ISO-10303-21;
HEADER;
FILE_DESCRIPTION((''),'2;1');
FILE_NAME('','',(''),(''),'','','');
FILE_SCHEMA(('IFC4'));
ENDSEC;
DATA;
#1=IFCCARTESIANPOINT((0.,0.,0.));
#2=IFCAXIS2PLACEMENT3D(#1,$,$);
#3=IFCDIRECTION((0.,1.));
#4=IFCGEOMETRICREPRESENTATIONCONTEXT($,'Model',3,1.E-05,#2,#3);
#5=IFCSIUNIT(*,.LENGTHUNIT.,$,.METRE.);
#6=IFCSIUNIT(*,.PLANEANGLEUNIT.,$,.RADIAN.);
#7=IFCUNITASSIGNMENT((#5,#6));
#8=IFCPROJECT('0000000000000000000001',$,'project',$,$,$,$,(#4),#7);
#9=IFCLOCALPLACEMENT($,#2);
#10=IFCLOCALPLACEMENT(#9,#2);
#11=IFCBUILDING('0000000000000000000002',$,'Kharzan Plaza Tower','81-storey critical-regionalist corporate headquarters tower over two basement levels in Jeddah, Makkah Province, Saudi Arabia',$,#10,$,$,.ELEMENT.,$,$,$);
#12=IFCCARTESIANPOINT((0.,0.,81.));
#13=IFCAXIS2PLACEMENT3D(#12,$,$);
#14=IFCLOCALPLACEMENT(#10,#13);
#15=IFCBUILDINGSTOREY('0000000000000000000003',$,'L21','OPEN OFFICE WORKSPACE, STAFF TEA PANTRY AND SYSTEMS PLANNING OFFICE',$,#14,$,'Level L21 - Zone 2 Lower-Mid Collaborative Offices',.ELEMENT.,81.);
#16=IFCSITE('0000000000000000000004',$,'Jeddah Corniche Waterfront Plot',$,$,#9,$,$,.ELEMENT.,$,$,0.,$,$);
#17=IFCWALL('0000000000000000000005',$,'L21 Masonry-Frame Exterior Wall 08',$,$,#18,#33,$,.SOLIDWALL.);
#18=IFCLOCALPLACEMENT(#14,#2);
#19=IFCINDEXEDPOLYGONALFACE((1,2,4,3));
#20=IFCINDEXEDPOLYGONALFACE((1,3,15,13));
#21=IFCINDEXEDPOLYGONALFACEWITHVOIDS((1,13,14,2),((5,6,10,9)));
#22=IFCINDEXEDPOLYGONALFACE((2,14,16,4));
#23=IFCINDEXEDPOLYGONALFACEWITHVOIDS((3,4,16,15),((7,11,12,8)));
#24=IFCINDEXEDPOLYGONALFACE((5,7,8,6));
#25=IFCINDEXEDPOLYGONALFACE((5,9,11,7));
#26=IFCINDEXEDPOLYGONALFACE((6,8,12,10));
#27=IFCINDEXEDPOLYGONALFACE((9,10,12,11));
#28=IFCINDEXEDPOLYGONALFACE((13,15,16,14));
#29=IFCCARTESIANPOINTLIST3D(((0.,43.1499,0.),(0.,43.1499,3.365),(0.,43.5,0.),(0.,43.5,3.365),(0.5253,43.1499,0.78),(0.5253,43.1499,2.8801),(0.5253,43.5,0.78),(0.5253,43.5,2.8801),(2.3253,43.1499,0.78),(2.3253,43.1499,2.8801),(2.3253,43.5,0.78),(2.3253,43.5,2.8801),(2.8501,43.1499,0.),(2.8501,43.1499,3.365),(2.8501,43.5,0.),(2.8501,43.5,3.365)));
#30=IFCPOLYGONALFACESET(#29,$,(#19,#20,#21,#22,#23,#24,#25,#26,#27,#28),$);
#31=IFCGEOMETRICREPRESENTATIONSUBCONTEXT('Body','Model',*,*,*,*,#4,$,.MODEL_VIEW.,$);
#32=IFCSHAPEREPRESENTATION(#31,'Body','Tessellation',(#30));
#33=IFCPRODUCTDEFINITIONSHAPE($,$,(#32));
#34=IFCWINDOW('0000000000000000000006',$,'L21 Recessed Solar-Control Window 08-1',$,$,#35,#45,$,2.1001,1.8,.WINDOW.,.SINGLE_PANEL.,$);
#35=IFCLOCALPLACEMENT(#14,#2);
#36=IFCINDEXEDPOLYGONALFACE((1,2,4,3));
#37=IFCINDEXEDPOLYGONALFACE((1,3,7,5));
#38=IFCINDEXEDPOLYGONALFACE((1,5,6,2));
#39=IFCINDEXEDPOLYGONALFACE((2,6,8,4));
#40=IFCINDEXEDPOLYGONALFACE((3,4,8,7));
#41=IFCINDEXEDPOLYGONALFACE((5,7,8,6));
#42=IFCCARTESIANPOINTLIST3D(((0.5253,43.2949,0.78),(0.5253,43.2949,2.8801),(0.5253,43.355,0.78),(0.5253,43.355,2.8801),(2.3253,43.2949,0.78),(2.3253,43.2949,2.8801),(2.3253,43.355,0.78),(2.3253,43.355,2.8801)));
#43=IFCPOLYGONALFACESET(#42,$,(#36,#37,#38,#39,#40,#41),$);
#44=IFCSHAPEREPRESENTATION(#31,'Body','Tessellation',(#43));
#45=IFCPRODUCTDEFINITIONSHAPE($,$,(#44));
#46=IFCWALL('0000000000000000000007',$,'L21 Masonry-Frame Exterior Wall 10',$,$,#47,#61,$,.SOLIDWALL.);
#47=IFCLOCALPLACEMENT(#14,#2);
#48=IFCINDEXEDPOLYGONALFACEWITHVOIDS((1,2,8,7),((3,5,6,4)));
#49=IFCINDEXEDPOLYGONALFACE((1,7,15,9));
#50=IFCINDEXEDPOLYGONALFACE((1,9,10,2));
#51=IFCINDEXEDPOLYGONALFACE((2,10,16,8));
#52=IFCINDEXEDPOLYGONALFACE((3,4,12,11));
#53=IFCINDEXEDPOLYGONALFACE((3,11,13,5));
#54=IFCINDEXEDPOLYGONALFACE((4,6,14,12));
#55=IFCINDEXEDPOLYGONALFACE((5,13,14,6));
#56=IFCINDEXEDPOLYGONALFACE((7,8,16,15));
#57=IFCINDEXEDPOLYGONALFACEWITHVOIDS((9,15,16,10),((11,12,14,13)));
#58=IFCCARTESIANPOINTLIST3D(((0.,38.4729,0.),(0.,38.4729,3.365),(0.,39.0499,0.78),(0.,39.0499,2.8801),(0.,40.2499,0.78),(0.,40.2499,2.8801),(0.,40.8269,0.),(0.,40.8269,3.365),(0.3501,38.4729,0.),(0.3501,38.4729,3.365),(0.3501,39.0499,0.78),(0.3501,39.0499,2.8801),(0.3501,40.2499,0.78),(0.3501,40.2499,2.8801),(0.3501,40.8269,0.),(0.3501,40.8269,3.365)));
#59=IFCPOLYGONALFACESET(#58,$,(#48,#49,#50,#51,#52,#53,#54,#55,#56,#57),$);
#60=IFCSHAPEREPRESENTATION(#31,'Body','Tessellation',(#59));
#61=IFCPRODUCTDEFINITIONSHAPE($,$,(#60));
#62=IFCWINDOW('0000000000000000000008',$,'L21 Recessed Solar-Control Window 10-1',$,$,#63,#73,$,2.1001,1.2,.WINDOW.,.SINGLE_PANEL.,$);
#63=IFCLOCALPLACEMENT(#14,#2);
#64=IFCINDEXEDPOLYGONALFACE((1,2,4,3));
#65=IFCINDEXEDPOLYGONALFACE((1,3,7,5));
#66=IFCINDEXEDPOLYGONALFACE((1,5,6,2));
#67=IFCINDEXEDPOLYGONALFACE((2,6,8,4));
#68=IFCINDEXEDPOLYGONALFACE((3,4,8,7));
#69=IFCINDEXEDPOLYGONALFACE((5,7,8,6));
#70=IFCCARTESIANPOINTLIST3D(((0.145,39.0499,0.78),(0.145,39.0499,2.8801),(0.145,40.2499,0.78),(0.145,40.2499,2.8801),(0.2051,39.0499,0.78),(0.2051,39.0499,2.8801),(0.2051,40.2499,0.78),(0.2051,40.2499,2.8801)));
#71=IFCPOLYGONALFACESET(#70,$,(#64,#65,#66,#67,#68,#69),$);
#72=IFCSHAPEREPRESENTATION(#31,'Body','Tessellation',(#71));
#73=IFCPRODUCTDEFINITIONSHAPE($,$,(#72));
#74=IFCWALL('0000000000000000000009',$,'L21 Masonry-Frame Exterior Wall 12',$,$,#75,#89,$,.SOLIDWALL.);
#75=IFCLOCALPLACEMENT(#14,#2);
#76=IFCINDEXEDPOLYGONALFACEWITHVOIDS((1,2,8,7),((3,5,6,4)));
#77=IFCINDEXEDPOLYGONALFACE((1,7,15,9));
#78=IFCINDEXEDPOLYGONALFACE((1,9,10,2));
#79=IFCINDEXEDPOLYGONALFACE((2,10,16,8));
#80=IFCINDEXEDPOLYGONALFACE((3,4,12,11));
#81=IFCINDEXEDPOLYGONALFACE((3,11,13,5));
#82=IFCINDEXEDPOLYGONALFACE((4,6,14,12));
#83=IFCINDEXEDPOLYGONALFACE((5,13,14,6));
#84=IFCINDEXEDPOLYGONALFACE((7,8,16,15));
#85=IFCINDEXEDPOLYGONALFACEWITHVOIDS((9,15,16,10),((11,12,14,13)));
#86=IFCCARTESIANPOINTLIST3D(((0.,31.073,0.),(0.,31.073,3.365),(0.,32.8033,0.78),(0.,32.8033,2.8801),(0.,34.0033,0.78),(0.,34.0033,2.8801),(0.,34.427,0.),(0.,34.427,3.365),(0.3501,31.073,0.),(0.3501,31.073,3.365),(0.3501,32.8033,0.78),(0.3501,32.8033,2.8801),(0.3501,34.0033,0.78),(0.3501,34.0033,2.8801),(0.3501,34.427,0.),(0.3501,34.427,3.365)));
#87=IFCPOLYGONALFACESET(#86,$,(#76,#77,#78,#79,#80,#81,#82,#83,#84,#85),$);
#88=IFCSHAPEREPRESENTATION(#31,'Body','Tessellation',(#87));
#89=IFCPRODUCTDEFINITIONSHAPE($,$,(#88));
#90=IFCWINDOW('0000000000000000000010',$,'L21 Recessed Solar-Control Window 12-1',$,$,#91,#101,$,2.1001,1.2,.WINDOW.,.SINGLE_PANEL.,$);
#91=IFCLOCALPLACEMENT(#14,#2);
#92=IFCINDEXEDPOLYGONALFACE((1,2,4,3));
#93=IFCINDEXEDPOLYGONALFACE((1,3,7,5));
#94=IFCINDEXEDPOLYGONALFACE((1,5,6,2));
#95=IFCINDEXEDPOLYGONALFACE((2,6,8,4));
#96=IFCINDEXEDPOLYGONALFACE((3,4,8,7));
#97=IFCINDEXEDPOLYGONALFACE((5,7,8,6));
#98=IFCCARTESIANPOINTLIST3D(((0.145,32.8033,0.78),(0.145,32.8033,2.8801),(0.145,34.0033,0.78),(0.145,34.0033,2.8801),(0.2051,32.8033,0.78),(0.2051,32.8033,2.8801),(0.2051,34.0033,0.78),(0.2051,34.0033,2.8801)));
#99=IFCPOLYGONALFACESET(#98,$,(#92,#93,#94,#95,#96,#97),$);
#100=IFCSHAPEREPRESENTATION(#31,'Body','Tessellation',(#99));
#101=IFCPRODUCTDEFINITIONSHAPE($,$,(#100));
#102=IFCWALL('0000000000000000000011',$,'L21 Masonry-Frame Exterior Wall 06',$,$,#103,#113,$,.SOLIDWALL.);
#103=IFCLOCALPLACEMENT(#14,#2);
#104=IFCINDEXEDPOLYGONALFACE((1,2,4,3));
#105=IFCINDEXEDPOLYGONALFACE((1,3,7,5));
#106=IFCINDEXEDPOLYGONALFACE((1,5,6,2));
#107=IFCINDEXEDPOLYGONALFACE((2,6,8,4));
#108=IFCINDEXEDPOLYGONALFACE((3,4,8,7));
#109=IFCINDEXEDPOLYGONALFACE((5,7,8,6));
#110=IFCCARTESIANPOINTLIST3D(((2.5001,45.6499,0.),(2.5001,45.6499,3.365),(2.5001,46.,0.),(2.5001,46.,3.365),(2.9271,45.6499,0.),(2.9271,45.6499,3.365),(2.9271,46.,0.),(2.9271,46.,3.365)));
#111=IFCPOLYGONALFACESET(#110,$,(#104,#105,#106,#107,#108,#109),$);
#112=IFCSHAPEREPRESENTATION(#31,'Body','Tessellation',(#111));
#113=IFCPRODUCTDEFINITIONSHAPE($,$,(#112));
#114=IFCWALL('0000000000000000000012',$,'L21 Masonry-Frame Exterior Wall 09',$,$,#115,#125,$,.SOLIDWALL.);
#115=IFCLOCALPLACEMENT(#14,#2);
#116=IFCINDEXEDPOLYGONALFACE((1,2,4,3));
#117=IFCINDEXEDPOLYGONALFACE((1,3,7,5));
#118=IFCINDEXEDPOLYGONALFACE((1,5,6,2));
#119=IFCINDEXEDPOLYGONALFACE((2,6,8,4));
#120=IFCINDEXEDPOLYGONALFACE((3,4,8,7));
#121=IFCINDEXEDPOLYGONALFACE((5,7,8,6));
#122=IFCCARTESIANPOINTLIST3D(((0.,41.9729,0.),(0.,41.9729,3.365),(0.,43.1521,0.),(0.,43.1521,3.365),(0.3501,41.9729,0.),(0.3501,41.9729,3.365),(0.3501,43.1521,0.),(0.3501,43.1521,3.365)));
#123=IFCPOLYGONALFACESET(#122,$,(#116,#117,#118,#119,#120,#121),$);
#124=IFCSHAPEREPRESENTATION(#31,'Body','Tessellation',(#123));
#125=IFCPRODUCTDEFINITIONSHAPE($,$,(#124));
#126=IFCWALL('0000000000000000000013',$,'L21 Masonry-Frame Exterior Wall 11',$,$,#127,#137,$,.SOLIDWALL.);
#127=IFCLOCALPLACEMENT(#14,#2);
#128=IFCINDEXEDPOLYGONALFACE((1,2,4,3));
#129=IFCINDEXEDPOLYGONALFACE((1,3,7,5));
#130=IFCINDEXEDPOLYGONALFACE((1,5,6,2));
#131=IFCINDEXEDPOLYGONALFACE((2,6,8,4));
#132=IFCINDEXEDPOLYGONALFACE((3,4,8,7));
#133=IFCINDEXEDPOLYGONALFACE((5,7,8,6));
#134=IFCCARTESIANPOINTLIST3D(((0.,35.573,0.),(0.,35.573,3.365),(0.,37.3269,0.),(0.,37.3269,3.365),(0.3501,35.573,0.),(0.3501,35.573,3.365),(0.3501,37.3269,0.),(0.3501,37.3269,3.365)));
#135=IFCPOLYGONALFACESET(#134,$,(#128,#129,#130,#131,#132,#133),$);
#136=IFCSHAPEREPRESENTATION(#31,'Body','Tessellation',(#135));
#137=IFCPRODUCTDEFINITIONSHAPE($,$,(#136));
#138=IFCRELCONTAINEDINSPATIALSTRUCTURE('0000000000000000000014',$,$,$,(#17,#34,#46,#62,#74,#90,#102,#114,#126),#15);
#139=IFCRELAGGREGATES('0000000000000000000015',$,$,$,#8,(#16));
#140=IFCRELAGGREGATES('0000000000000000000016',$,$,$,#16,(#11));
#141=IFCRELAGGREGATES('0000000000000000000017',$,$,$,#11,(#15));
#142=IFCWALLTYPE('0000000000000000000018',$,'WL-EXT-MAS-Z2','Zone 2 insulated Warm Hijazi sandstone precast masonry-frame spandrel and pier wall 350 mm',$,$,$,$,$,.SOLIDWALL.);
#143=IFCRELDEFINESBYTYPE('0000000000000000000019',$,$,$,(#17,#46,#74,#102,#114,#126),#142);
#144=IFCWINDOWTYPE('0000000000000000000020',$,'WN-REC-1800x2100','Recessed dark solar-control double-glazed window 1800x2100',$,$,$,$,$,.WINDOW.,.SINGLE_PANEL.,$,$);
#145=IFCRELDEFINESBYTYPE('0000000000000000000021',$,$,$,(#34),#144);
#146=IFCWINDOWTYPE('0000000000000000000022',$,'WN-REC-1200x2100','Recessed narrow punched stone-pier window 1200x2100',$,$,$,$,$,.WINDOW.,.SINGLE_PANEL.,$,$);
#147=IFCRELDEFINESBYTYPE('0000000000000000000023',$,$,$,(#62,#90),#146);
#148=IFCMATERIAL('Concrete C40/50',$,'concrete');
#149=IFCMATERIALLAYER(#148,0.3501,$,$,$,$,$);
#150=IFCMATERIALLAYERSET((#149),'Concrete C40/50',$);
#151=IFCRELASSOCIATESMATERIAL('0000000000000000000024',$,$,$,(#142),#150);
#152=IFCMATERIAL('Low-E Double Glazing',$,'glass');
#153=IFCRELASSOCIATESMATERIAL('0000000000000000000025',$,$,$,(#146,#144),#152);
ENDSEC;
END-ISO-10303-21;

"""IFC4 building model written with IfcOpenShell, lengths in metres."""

from ifc_helpers import new_model, si_unit, direction, frame, frame_2d, origin, place, context, subcontext, project, spatial, rectangle, extrude, source, transform, mapped, material, layer, layer_set, type_object, element, fill, save


model = new_model("IFC4")

# Units and contexts
model_context = context("Model", 3, precision=1e-05, world=origin(), true_north=direction((0.0, 1.0)))
body_context = subcontext(model_context, "Body", "Model", "MODEL_VIEW")
ifc_project = project(units=[si_unit("LENGTHUNIT", "METRE"), si_unit("PLANEANGLEUNIT", "RADIAN")], contexts=[model_context])

# Site, building, storey
site_placement = place(None, origin())
site = spatial("IfcSite", under=ifc_project, at=site_placement, Name="Jeddah Corniche Waterfront Plot", CompositionType="ELEMENT", RefElevation=0.0)
building_placement = place(site_placement, origin())
building = spatial("IfcBuilding", under=site, at=building_placement, Name="Kharzan Plaza Tower", Description="81-storey critical-regionalist corporate headquarters tower over two basement levels in Jeddah, Makkah Province, Saudi Arabia", CompositionType="ELEMENT")
storey_placement = place(building_placement, frame((0.0, 0.0, 81.0)))
storey = spatial("IfcBuildingStorey", under=building, at=storey_placement, Name="L21", Description="OPEN OFFICE WORKSPACE, STAFF TEA PANTRY AND SYSTEMS PLANNING OFFICE", LongName="Level L21 - Zone 2 Lower-Mid Collaborative Offices", CompositionType="ELEMENT", Elevation=81.0)

# Walls, openings, windows
ifc_material_1 = material(Name="Concrete C40/50", Category="concrete")
ifc_layer_1 = layer(ifc_material_1, 0.3501)
ifc_layer_set_1 = layer_set([ifc_layer_1], Name="Concrete C40/50")
wall_type = type_object("IfcWallType", Name="WL-EXT-MAS-Z2", Description="Zone 2 insulated Warm Hijazi sandstone precast masonry-frame spandrel and pier wall 350 mm", PredefinedType="SOLIDWALL", material=ifc_layer_set_1)
ifc_material_2 = material(Name="Low-E Double Glazing", Category="glass")
window_type_1 = type_object("IfcWindowType", Name="WN-REC-1200x2100", Description="Recessed narrow punched stone-pier window 1200x2100", PartitioningType="SINGLE_PANEL", PredefinedType="WINDOW", material=ifc_material_2)
shared_shape_1 = source(origin(), body_context, "Body", "SweptSolid", [
    extrude(rectangle(XDim=1.2, YDim=2.1001, at=frame_2d((0.6001, 1.05))), frame((0.0, 0.03, 0.0), z_axis=(0.0, -1.0, 0.0), x_axis=(1.0, 0.0, 0.0)), (0.0, 0.0, 1.0), 0.0601),
])
wall_1_placement = place(storey_placement, frame((2.8501, 43.325, 0.0), z_axis=(0.0, 0.0, 1.0), x_axis=(-1.0, 0.0, 0.0)))
wall_1 = element("IfcWall", 1, at=wall_1_placement, inside=storey, type_object=wall_type, Name="L21 Masonry-Frame Exterior Wall 08", PredefinedType="SOLIDWALL", context=body_context, shape_type="SweptSolid", body=[
    extrude(rectangle(XDim=2.8501, YDim=0.3501, at=frame_2d((1.425, 0.0))), origin(), (0.0, 0.0, 1.0), 3.365),
])
opening_1_placement = place(wall_1_placement, frame((0.5249, 0.0, 0.78)))
opening_1 = element("IfcOpeningElement", 2, at=opening_1_placement, cuts=wall_1, PredefinedType="OPENING", context=body_context, shape_type="SweptSolid", body=[
    extrude(rectangle(XDim=1.8, YDim=2.1001, at=frame_2d((0.8999, 1.05))), frame((0.0, 0.1851, 0.0), z_axis=(0.0, -1.0, 0.0), x_axis=(1.0, 0.0, 0.0)), (0.0, 0.0, 1.0), 0.3701),
])
window_type_2 = type_object("IfcWindowType", Name="WN-REC-1800x2100", Description="Recessed dark solar-control double-glazed window 1800x2100", PartitioningType="SINGLE_PANEL", PredefinedType="WINDOW", material=ifc_material_2)
shared_shape_2 = source(origin(), body_context, "Body", "SweptSolid", [
    extrude(rectangle(XDim=1.8, YDim=2.1001, at=frame_2d((0.8999, 1.05))), frame((0.0, 0.03, 0.0), z_axis=(0.0, -1.0, 0.0), x_axis=(1.0, 0.0, 0.0)), (0.0, 0.0, 1.0), 0.0601),
])
window_1_placement = place(opening_1_placement, origin())
window_1 = element("IfcWindow", 3, at=window_1_placement, inside=storey, type_object=window_type_2, Name="L21 Recessed Solar-Control Window 08-1", OverallHeight=2.1001, OverallWidth=1.8, PartitioningType="SINGLE_PANEL", PredefinedType="WINDOW", context=body_context, shape_type="MappedRepresentation", body=[
    mapped(shared_shape_2, transform((0.0, 0.0, 0.0), x_axis=(1.0, 0.0, 0.0), y_axis=(0.0, 1.0, 0.0), z_axis=(0.0, 0.0, 1.0))),
])
fill(opening_1, window_1)
wall_2_placement = place(storey_placement, frame((0.175, 40.8269, 0.0), z_axis=(0.0, 0.0, 1.0), x_axis=(0.0, -1.0, 0.0)))
wall_2 = element("IfcWall", 4, at=wall_2_placement, inside=storey, type_object=wall_type, Name="L21 Masonry-Frame Exterior Wall 10", PredefinedType="SOLIDWALL", context=body_context, shape_type="SweptSolid", body=[
    extrude(rectangle(XDim=2.354, YDim=0.3501, at=frame_2d((1.177, 0.0))), origin(), (0.0, 0.0, 1.0), 3.365),
])
opening_2_placement = place(wall_2_placement, frame((0.5769, 0.0, 0.78)))
opening_2 = element("IfcOpeningElement", 5, at=opening_2_placement, cuts=wall_2, PredefinedType="OPENING", context=body_context, shape_type="SweptSolid", body=[
    extrude(rectangle(XDim=1.2, YDim=2.1001, at=frame_2d((0.6001, 1.05))), frame((0.0, 0.1851, 0.0), z_axis=(0.0, -1.0, 0.0), x_axis=(1.0, 0.0, 0.0)), (0.0, 0.0, 1.0), 0.3701),
])
window_2_placement = place(opening_2_placement, origin())
window_2 = element("IfcWindow", 6, at=window_2_placement, inside=storey, type_object=window_type_1, Name="L21 Recessed Solar-Control Window 10-1", OverallHeight=2.1001, OverallWidth=1.2, PartitioningType="SINGLE_PANEL", PredefinedType="WINDOW", context=body_context, shape_type="MappedRepresentation", body=[
    mapped(shared_shape_1, transform((0.0, 0.0, 0.0), x_axis=(1.0, 0.0, 0.0), y_axis=(0.0, 1.0, 0.0), z_axis=(0.0, 0.0, 1.0))),
])
fill(opening_2, window_2)
wall_3_placement = place(storey_placement, frame((0.175, 34.427, 0.0), z_axis=(0.0, 0.0, 1.0), x_axis=(0.0, -1.0, 0.0)))
wall_3 = element("IfcWall", 7, at=wall_3_placement, inside=storey, type_object=wall_type, Name="L21 Masonry-Frame Exterior Wall 12", PredefinedType="SOLIDWALL", context=body_context, shape_type="SweptSolid", body=[
    extrude(rectangle(XDim=3.354, YDim=0.3501, at=frame_2d((1.677, 0.0))), origin(), (0.0, 0.0, 1.0), 3.365),
])
opening_3_placement = place(wall_3_placement, frame((0.4236, 0.0, 0.78)))
opening_3 = element("IfcOpeningElement", 8, at=opening_3_placement, cuts=wall_3, PredefinedType="OPENING", context=body_context, shape_type="SweptSolid", body=[
    extrude(rectangle(XDim=1.2, YDim=2.1001, at=frame_2d((0.6001, 1.05))), frame((0.0, 0.1851, 0.0), z_axis=(0.0, -1.0, 0.0), x_axis=(1.0, 0.0, 0.0)), (0.0, 0.0, 1.0), 0.3701),
])
window_3_placement = place(opening_3_placement, origin())
window_3 = element("IfcWindow", 9, at=window_3_placement, inside=storey, type_object=window_type_1, Name="L21 Recessed Solar-Control Window 12-1", OverallHeight=2.1001, OverallWidth=1.2, PartitioningType="SINGLE_PANEL", PredefinedType="WINDOW", context=body_context, shape_type="MappedRepresentation", body=[
    mapped(shared_shape_1, transform((0.0, 0.0, 0.0), x_axis=(1.0, 0.0, 0.0), y_axis=(0.0, 1.0, 0.0), z_axis=(0.0, 0.0, 1.0))),
])
fill(opening_3, window_3)

# Walls
shared_shape_3 = source(origin(), body_context, "Body", "SweptSolid", [
    extrude(rectangle(XDim=0.427, YDim=0.3501, at=frame_2d((0.2134, 0.0))), origin(), (0.0, 0.0, 1.0), 3.365),
])
wall_4_placement = place(storey_placement, frame((2.927, 45.825, 0.0), z_axis=(0.0, 0.0, 1.0), x_axis=(-1.0, 0.0, 0.0)))
element("IfcWall", 10, at=wall_4_placement, inside=storey, type_object=wall_type, Name="L21 Masonry-Frame Exterior Wall 06", PredefinedType="SOLIDWALL", context=body_context, shape_type="MappedRepresentation", body=[
    mapped(shared_shape_3, transform((0.0, 0.0, 0.0), x_axis=(1.0, 0.0, 0.0), y_axis=(0.0, 1.0, 0.0), z_axis=(0.0, 0.0, 1.0))),
])
shared_shape_4 = source(origin(), body_context, "Body", "SweptSolid", [
    extrude(rectangle(XDim=1.1792, YDim=0.3501, at=frame_2d((0.5896, 0.0))), origin(), (0.0, 0.0, 1.0), 3.365),
])
wall_5_placement = place(storey_placement, frame((0.175, 43.1521, 0.0), z_axis=(0.0, 0.0, 1.0), x_axis=(0.0, -1.0, 0.0)))
element("IfcWall", 11, at=wall_5_placement, inside=storey, type_object=wall_type, Name="L21 Masonry-Frame Exterior Wall 09", PredefinedType="SOLIDWALL", context=body_context, shape_type="MappedRepresentation", body=[
    mapped(shared_shape_4, transform((0.0, 0.0, 0.0), x_axis=(1.0, 0.0, 0.0), y_axis=(0.0, 1.0, 0.0), z_axis=(0.0, 0.0, 1.0))),
])
shared_shape_5 = source(origin(), body_context, "Body", "SweptSolid", [
    extrude(rectangle(XDim=1.7539, YDim=0.3501, at=frame_2d((0.877, 0.0))), origin(), (0.0, 0.0, 1.0), 3.365),
])
wall_6_placement = place(storey_placement, frame((0.175, 37.3269, 0.0), z_axis=(0.0, 0.0, 1.0), x_axis=(0.0, -1.0, 0.0)))
element("IfcWall", 12, at=wall_6_placement, inside=storey, type_object=wall_type, Name="L21 Masonry-Frame Exterior Wall 11", PredefinedType="SOLIDWALL", context=body_context, shape_type="MappedRepresentation", body=[
    mapped(shared_shape_5, transform((0.0, 0.0, 0.0), x_axis=(1.0, 0.0, 0.0), y_axis=(0.0, 1.0, 0.0), z_axis=(0.0, 0.0, 1.0))),
])

save(model, "model.ifc")
